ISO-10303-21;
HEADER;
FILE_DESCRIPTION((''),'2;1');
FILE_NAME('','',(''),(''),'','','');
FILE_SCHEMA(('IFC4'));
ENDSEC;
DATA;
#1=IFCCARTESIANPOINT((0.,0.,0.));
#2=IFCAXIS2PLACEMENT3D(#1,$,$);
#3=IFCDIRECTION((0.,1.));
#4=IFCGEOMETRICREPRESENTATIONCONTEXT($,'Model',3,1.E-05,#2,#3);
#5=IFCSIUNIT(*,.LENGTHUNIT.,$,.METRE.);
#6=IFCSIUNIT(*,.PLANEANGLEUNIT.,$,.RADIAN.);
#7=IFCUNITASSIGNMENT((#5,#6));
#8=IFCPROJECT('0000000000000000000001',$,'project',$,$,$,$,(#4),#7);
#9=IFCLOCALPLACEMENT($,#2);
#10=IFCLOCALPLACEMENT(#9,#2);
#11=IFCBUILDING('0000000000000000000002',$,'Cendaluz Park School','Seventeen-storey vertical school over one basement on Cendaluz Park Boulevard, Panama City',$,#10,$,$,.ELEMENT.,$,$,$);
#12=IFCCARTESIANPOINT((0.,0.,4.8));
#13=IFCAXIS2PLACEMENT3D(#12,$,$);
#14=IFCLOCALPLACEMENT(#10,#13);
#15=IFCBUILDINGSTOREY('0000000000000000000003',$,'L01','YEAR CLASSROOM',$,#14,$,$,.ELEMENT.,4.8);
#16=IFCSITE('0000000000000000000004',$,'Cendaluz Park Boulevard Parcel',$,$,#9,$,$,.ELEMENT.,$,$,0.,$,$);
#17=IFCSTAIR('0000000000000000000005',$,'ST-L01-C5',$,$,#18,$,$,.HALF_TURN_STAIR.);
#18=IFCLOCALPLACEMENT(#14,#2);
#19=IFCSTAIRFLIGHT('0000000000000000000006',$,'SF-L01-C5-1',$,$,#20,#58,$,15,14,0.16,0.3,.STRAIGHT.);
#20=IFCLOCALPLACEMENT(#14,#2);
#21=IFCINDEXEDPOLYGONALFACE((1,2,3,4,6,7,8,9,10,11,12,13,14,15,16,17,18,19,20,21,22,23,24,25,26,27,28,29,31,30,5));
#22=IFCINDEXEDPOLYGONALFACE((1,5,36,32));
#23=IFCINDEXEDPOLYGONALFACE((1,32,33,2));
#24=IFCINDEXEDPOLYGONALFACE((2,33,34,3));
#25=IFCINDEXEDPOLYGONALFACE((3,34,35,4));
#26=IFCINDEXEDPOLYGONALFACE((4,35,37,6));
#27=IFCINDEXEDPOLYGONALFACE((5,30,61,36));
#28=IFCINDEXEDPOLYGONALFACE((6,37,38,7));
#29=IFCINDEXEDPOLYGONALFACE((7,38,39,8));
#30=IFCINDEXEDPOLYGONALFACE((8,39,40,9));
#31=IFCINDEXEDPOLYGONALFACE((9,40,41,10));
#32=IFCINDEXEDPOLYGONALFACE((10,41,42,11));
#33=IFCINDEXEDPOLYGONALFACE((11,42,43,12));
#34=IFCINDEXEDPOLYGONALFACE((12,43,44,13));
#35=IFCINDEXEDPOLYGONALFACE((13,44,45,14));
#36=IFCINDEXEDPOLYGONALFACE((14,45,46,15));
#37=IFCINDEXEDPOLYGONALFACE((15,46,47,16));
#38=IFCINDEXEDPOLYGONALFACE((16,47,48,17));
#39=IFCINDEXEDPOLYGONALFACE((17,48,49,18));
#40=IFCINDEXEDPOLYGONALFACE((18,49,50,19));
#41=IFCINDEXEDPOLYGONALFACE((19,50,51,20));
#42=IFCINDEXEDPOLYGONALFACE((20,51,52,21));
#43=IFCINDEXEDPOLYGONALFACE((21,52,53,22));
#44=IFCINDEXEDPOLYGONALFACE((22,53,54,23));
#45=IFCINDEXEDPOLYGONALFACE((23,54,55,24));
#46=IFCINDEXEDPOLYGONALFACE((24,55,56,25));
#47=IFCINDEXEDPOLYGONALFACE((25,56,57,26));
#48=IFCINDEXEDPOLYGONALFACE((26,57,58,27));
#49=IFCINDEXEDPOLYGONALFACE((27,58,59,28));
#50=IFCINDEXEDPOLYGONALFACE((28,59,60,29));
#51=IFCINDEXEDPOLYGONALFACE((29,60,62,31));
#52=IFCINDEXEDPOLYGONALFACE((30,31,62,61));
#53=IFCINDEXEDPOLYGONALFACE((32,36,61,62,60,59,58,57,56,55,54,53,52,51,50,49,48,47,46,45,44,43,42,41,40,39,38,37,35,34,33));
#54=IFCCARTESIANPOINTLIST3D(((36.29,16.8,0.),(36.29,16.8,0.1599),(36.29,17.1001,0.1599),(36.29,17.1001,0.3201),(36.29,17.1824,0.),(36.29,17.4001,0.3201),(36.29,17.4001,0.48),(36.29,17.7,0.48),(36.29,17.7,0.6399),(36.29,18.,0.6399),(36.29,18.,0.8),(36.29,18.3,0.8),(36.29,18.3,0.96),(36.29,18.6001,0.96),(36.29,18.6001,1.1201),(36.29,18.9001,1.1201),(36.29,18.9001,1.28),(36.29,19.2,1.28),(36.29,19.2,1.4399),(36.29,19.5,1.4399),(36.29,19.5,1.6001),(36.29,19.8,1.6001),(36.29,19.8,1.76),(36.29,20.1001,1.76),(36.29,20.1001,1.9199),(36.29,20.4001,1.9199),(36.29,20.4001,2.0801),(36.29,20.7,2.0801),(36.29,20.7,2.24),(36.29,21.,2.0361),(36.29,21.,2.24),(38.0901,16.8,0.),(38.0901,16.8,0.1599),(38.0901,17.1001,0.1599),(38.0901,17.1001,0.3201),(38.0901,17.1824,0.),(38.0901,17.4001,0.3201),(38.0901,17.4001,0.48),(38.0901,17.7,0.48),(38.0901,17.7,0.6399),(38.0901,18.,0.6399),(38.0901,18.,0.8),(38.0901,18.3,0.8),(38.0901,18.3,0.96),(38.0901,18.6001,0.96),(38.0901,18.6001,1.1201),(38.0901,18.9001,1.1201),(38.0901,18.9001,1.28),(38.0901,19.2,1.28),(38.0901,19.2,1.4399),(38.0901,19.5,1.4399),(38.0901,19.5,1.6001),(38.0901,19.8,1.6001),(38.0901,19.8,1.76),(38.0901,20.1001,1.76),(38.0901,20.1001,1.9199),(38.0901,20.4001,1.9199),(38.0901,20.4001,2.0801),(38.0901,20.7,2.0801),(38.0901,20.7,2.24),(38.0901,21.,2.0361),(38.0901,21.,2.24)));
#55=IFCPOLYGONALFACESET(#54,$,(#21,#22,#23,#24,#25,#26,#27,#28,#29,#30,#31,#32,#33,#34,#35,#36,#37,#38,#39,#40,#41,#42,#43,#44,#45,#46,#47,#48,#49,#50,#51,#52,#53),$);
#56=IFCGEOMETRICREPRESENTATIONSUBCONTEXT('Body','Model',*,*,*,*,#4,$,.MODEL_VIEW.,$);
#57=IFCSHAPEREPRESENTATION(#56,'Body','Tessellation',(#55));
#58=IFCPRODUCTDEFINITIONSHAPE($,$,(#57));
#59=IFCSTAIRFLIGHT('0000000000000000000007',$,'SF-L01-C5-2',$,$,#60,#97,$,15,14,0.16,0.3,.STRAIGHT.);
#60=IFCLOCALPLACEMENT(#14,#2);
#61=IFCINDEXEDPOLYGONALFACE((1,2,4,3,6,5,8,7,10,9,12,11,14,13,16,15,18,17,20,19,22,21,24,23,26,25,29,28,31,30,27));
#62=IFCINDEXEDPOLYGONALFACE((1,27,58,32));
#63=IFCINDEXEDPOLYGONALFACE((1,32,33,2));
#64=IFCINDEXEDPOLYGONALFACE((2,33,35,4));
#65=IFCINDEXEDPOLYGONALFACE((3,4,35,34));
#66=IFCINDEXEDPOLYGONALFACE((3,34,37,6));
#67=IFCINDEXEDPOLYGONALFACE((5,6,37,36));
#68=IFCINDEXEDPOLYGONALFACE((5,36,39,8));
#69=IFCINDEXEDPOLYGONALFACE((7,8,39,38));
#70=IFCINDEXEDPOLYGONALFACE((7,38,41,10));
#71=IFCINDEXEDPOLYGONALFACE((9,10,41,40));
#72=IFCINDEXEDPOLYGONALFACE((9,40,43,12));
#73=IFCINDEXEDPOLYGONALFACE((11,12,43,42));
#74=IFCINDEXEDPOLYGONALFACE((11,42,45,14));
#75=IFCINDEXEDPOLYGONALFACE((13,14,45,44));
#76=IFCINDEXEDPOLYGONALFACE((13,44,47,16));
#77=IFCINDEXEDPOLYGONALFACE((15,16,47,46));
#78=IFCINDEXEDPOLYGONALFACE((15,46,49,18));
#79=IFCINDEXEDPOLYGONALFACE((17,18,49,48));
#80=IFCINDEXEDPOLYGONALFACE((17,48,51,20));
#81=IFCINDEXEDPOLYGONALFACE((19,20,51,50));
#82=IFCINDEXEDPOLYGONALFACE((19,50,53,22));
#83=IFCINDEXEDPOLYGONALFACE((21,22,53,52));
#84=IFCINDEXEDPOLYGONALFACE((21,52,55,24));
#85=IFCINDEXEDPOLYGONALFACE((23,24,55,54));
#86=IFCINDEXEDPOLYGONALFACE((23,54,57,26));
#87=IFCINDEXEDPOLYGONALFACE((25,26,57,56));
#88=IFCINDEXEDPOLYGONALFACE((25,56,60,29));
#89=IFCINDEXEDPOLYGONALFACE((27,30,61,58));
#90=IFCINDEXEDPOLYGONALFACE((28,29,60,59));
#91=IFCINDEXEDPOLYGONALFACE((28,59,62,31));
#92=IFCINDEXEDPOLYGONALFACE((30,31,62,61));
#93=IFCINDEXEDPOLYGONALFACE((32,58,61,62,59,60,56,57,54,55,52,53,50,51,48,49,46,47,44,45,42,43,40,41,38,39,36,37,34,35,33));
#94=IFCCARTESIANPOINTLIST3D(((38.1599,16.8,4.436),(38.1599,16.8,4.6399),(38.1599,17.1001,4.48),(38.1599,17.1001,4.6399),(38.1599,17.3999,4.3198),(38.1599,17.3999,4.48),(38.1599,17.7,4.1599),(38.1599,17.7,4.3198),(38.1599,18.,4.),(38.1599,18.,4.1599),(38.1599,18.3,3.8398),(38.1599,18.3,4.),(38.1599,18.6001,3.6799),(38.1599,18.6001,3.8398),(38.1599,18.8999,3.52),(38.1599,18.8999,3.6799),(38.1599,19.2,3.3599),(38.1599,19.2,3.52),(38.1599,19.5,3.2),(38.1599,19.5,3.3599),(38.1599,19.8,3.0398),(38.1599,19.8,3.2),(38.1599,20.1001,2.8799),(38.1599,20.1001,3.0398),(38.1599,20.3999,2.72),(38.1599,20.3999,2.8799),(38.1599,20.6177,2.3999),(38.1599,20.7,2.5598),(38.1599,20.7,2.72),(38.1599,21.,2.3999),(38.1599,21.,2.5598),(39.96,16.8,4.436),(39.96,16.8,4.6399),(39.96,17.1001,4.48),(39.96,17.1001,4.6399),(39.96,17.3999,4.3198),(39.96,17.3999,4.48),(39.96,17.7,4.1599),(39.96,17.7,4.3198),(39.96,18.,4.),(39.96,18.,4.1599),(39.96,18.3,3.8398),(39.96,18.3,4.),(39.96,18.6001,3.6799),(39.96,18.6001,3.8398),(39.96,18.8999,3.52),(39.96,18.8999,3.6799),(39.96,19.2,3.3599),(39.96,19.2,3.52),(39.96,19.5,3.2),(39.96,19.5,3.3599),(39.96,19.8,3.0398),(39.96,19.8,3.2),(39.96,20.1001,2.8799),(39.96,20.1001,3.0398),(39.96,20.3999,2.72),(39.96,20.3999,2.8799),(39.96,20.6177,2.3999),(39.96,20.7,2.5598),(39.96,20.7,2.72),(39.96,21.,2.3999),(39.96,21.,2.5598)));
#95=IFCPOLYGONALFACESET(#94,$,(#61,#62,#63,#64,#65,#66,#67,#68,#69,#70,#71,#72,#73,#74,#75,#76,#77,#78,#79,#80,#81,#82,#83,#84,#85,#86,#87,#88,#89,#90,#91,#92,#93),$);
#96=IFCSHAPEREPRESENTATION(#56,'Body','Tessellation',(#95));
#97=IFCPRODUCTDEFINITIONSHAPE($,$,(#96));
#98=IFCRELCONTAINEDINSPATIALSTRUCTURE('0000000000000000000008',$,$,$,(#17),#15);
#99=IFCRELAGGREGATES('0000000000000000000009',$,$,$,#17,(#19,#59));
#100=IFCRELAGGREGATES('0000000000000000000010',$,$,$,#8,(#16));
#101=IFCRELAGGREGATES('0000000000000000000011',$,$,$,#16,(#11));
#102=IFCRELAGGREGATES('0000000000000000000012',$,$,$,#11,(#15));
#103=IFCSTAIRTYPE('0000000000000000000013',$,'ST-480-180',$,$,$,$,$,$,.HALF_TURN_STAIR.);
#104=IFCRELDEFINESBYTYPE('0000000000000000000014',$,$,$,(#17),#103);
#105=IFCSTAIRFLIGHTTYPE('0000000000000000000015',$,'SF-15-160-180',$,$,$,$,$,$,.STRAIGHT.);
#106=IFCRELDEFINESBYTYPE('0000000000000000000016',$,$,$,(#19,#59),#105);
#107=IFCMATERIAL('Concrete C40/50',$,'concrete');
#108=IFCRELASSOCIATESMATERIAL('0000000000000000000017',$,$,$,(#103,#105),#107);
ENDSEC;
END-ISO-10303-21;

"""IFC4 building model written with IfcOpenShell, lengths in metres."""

from ifc_helpers import new_model, si_unit, direction, frame, origin, place, context, subcontext, project, spatial, polyline, outline, extrude, material, type_object, element, aggregate, save


model = new_model("IFC4")

# Units and contexts
model_context = context("Model", 3, precision=1e-05, world=origin(), true_north=direction((0.0, 1.0)))
body_context = subcontext(model_context, "Body", "Model", "MODEL_VIEW")
ifc_project = project(units=[si_unit("LENGTHUNIT", "METRE"), si_unit("PLANEANGLEUNIT", "RADIAN")], contexts=[model_context])

# Site, building, storey
site_placement = place(None, origin())
site = spatial("IfcSite", under=ifc_project, at=site_placement, Name="Cendaluz Park Boulevard Parcel", CompositionType="ELEMENT", RefElevation=0.0)
building_placement = place(site_placement, origin())
building = spatial("IfcBuilding", under=site, at=building_placement, Name="Cendaluz Park School", Description="Seventeen-storey vertical school over one basement on Cendaluz Park Boulevard, Panama City", CompositionType="ELEMENT")
storey_placement = place(building_placement, frame((0.0, 0.0, 4.8)))
storey = spatial("IfcBuildingStorey", under=building, at=storey_placement, Name="L01", Description="YEAR CLASSROOM", CompositionType="ELEMENT", Elevation=4.8)

# Shared definitions
ifc_material_1 = material(Name="Concrete C40/50", Category="concrete")

# Stair, stair flights
stair_type = type_object("IfcStairType", Name="ST-480-180", PredefinedType="HALF_TURN_STAIR", material=ifc_material_1)
stair_placement = place(storey_placement, origin())
stair = element("IfcStair", 1, at=stair_placement, inside=storey, type_object=stair_type, Name="ST-L01-C5", PredefinedType="HALF_TURN_STAIR")
stair_flight_type = type_object("IfcStairFlightType", Name="SF-15-160-180", PredefinedType="STRAIGHT", material=ifc_material_1)
stair_flight_1_placement = place(storey_placement, frame((37.1899, 16.8, 0.0), z_axis=(0.0, 0.0, 1.0), x_axis=(0.0, 1.0, 0.0)))
stair_flight_1 = element("IfcStairFlight", 2, at=stair_flight_1_placement, type_object=stair_flight_type, Name="SF-L01-C5-1", NumberOfRisers=15, NumberOfTreads=14, PredefinedType="STRAIGHT", RiserHeight=0.16, TreadLength=0.3, context=body_context, shape_type="SweptSolid", body=[
    extrude(outline(polyline([(0.0, 0.0), (0.0, 0.1599), (0.3, 0.1599), (0.3, 0.3201), (0.6001, 0.3201), (0.6001, 0.48), (0.8999, 0.48), (0.8999, 0.6399), (1.2, 0.6399), (1.2, 0.8), (1.5, 0.8), (1.5, 0.96), (1.8, 0.96), (1.8, 1.1201), (2.1001, 1.1201), (2.1001, 1.28), (2.3999, 1.28), (2.3999, 1.4399), (2.7, 1.4399), (2.7, 1.6001), (3.0, 1.6001), (3.0, 1.76), (3.3, 1.76), (3.3, 1.9199), (3.6001, 1.9199), (3.6001, 2.0801), (3.8999, 2.0801), (3.8999, 2.24), (4.2, 2.24), (4.2, 2.3999), (4.2, 2.0361), (0.3823, 0.0), (0.0, 0.0)])), frame((0.0, 0.8999, 0.0), z_axis=(0.0, -1.0, 0.0), x_axis=(1.0, 0.0, 0.0)), (0.0, 0.0, 1.0), 1.8),
])
stair_flight_2_placement = place(storey_placement, frame((39.0601, 21.0, 2.3999), z_axis=(0.0, 0.0, 1.0), x_axis=(0.0, -1.0, 0.0)))
stair_flight_2 = element("IfcStairFlight", 3, at=stair_flight_2_placement, type_object=stair_flight_type, Name="SF-L01-C5-2", NumberOfRisers=15, NumberOfTreads=14, PredefinedType="STRAIGHT", RiserHeight=0.16, TreadLength=0.3, context=body_context, shape_type="SweptSolid", body=[
    extrude(outline(polyline([(0.0, 0.0), (0.0, 0.1599), (0.3, 0.1599), (0.3, 0.3201), (0.6001, 0.3201), (0.6001, 0.48), (0.8999, 0.48), (0.8999, 0.6399), (1.2, 0.6399), (1.2, 0.8), (1.5, 0.8), (1.5, 0.96), (1.8, 0.96), (1.8, 1.1201), (2.1001, 1.1201), (2.1001, 1.28), (2.3999, 1.28), (2.3999, 1.4399), (2.7, 1.4399), (2.7, 1.6001), (3.0, 1.6001), (3.0, 1.76), (3.3, 1.76), (3.3, 1.9199), (3.6001, 1.9199), (3.6001, 2.0801), (3.8999, 2.0801), (3.8999, 2.24), (4.2, 2.24), (4.2, 2.3999), (4.2, 2.0361), (0.3823, 0.0), (0.0, 0.0)])), frame((0.0, 0.8999, 0.0), z_axis=(0.0, -1.0, 0.0), x_axis=(1.0, 0.0, 0.0)), (0.0, 0.0, 1.0), 1.8),
])
aggregate(stair, [stair_flight_1, stair_flight_2])

save(model, "model.ifc")
